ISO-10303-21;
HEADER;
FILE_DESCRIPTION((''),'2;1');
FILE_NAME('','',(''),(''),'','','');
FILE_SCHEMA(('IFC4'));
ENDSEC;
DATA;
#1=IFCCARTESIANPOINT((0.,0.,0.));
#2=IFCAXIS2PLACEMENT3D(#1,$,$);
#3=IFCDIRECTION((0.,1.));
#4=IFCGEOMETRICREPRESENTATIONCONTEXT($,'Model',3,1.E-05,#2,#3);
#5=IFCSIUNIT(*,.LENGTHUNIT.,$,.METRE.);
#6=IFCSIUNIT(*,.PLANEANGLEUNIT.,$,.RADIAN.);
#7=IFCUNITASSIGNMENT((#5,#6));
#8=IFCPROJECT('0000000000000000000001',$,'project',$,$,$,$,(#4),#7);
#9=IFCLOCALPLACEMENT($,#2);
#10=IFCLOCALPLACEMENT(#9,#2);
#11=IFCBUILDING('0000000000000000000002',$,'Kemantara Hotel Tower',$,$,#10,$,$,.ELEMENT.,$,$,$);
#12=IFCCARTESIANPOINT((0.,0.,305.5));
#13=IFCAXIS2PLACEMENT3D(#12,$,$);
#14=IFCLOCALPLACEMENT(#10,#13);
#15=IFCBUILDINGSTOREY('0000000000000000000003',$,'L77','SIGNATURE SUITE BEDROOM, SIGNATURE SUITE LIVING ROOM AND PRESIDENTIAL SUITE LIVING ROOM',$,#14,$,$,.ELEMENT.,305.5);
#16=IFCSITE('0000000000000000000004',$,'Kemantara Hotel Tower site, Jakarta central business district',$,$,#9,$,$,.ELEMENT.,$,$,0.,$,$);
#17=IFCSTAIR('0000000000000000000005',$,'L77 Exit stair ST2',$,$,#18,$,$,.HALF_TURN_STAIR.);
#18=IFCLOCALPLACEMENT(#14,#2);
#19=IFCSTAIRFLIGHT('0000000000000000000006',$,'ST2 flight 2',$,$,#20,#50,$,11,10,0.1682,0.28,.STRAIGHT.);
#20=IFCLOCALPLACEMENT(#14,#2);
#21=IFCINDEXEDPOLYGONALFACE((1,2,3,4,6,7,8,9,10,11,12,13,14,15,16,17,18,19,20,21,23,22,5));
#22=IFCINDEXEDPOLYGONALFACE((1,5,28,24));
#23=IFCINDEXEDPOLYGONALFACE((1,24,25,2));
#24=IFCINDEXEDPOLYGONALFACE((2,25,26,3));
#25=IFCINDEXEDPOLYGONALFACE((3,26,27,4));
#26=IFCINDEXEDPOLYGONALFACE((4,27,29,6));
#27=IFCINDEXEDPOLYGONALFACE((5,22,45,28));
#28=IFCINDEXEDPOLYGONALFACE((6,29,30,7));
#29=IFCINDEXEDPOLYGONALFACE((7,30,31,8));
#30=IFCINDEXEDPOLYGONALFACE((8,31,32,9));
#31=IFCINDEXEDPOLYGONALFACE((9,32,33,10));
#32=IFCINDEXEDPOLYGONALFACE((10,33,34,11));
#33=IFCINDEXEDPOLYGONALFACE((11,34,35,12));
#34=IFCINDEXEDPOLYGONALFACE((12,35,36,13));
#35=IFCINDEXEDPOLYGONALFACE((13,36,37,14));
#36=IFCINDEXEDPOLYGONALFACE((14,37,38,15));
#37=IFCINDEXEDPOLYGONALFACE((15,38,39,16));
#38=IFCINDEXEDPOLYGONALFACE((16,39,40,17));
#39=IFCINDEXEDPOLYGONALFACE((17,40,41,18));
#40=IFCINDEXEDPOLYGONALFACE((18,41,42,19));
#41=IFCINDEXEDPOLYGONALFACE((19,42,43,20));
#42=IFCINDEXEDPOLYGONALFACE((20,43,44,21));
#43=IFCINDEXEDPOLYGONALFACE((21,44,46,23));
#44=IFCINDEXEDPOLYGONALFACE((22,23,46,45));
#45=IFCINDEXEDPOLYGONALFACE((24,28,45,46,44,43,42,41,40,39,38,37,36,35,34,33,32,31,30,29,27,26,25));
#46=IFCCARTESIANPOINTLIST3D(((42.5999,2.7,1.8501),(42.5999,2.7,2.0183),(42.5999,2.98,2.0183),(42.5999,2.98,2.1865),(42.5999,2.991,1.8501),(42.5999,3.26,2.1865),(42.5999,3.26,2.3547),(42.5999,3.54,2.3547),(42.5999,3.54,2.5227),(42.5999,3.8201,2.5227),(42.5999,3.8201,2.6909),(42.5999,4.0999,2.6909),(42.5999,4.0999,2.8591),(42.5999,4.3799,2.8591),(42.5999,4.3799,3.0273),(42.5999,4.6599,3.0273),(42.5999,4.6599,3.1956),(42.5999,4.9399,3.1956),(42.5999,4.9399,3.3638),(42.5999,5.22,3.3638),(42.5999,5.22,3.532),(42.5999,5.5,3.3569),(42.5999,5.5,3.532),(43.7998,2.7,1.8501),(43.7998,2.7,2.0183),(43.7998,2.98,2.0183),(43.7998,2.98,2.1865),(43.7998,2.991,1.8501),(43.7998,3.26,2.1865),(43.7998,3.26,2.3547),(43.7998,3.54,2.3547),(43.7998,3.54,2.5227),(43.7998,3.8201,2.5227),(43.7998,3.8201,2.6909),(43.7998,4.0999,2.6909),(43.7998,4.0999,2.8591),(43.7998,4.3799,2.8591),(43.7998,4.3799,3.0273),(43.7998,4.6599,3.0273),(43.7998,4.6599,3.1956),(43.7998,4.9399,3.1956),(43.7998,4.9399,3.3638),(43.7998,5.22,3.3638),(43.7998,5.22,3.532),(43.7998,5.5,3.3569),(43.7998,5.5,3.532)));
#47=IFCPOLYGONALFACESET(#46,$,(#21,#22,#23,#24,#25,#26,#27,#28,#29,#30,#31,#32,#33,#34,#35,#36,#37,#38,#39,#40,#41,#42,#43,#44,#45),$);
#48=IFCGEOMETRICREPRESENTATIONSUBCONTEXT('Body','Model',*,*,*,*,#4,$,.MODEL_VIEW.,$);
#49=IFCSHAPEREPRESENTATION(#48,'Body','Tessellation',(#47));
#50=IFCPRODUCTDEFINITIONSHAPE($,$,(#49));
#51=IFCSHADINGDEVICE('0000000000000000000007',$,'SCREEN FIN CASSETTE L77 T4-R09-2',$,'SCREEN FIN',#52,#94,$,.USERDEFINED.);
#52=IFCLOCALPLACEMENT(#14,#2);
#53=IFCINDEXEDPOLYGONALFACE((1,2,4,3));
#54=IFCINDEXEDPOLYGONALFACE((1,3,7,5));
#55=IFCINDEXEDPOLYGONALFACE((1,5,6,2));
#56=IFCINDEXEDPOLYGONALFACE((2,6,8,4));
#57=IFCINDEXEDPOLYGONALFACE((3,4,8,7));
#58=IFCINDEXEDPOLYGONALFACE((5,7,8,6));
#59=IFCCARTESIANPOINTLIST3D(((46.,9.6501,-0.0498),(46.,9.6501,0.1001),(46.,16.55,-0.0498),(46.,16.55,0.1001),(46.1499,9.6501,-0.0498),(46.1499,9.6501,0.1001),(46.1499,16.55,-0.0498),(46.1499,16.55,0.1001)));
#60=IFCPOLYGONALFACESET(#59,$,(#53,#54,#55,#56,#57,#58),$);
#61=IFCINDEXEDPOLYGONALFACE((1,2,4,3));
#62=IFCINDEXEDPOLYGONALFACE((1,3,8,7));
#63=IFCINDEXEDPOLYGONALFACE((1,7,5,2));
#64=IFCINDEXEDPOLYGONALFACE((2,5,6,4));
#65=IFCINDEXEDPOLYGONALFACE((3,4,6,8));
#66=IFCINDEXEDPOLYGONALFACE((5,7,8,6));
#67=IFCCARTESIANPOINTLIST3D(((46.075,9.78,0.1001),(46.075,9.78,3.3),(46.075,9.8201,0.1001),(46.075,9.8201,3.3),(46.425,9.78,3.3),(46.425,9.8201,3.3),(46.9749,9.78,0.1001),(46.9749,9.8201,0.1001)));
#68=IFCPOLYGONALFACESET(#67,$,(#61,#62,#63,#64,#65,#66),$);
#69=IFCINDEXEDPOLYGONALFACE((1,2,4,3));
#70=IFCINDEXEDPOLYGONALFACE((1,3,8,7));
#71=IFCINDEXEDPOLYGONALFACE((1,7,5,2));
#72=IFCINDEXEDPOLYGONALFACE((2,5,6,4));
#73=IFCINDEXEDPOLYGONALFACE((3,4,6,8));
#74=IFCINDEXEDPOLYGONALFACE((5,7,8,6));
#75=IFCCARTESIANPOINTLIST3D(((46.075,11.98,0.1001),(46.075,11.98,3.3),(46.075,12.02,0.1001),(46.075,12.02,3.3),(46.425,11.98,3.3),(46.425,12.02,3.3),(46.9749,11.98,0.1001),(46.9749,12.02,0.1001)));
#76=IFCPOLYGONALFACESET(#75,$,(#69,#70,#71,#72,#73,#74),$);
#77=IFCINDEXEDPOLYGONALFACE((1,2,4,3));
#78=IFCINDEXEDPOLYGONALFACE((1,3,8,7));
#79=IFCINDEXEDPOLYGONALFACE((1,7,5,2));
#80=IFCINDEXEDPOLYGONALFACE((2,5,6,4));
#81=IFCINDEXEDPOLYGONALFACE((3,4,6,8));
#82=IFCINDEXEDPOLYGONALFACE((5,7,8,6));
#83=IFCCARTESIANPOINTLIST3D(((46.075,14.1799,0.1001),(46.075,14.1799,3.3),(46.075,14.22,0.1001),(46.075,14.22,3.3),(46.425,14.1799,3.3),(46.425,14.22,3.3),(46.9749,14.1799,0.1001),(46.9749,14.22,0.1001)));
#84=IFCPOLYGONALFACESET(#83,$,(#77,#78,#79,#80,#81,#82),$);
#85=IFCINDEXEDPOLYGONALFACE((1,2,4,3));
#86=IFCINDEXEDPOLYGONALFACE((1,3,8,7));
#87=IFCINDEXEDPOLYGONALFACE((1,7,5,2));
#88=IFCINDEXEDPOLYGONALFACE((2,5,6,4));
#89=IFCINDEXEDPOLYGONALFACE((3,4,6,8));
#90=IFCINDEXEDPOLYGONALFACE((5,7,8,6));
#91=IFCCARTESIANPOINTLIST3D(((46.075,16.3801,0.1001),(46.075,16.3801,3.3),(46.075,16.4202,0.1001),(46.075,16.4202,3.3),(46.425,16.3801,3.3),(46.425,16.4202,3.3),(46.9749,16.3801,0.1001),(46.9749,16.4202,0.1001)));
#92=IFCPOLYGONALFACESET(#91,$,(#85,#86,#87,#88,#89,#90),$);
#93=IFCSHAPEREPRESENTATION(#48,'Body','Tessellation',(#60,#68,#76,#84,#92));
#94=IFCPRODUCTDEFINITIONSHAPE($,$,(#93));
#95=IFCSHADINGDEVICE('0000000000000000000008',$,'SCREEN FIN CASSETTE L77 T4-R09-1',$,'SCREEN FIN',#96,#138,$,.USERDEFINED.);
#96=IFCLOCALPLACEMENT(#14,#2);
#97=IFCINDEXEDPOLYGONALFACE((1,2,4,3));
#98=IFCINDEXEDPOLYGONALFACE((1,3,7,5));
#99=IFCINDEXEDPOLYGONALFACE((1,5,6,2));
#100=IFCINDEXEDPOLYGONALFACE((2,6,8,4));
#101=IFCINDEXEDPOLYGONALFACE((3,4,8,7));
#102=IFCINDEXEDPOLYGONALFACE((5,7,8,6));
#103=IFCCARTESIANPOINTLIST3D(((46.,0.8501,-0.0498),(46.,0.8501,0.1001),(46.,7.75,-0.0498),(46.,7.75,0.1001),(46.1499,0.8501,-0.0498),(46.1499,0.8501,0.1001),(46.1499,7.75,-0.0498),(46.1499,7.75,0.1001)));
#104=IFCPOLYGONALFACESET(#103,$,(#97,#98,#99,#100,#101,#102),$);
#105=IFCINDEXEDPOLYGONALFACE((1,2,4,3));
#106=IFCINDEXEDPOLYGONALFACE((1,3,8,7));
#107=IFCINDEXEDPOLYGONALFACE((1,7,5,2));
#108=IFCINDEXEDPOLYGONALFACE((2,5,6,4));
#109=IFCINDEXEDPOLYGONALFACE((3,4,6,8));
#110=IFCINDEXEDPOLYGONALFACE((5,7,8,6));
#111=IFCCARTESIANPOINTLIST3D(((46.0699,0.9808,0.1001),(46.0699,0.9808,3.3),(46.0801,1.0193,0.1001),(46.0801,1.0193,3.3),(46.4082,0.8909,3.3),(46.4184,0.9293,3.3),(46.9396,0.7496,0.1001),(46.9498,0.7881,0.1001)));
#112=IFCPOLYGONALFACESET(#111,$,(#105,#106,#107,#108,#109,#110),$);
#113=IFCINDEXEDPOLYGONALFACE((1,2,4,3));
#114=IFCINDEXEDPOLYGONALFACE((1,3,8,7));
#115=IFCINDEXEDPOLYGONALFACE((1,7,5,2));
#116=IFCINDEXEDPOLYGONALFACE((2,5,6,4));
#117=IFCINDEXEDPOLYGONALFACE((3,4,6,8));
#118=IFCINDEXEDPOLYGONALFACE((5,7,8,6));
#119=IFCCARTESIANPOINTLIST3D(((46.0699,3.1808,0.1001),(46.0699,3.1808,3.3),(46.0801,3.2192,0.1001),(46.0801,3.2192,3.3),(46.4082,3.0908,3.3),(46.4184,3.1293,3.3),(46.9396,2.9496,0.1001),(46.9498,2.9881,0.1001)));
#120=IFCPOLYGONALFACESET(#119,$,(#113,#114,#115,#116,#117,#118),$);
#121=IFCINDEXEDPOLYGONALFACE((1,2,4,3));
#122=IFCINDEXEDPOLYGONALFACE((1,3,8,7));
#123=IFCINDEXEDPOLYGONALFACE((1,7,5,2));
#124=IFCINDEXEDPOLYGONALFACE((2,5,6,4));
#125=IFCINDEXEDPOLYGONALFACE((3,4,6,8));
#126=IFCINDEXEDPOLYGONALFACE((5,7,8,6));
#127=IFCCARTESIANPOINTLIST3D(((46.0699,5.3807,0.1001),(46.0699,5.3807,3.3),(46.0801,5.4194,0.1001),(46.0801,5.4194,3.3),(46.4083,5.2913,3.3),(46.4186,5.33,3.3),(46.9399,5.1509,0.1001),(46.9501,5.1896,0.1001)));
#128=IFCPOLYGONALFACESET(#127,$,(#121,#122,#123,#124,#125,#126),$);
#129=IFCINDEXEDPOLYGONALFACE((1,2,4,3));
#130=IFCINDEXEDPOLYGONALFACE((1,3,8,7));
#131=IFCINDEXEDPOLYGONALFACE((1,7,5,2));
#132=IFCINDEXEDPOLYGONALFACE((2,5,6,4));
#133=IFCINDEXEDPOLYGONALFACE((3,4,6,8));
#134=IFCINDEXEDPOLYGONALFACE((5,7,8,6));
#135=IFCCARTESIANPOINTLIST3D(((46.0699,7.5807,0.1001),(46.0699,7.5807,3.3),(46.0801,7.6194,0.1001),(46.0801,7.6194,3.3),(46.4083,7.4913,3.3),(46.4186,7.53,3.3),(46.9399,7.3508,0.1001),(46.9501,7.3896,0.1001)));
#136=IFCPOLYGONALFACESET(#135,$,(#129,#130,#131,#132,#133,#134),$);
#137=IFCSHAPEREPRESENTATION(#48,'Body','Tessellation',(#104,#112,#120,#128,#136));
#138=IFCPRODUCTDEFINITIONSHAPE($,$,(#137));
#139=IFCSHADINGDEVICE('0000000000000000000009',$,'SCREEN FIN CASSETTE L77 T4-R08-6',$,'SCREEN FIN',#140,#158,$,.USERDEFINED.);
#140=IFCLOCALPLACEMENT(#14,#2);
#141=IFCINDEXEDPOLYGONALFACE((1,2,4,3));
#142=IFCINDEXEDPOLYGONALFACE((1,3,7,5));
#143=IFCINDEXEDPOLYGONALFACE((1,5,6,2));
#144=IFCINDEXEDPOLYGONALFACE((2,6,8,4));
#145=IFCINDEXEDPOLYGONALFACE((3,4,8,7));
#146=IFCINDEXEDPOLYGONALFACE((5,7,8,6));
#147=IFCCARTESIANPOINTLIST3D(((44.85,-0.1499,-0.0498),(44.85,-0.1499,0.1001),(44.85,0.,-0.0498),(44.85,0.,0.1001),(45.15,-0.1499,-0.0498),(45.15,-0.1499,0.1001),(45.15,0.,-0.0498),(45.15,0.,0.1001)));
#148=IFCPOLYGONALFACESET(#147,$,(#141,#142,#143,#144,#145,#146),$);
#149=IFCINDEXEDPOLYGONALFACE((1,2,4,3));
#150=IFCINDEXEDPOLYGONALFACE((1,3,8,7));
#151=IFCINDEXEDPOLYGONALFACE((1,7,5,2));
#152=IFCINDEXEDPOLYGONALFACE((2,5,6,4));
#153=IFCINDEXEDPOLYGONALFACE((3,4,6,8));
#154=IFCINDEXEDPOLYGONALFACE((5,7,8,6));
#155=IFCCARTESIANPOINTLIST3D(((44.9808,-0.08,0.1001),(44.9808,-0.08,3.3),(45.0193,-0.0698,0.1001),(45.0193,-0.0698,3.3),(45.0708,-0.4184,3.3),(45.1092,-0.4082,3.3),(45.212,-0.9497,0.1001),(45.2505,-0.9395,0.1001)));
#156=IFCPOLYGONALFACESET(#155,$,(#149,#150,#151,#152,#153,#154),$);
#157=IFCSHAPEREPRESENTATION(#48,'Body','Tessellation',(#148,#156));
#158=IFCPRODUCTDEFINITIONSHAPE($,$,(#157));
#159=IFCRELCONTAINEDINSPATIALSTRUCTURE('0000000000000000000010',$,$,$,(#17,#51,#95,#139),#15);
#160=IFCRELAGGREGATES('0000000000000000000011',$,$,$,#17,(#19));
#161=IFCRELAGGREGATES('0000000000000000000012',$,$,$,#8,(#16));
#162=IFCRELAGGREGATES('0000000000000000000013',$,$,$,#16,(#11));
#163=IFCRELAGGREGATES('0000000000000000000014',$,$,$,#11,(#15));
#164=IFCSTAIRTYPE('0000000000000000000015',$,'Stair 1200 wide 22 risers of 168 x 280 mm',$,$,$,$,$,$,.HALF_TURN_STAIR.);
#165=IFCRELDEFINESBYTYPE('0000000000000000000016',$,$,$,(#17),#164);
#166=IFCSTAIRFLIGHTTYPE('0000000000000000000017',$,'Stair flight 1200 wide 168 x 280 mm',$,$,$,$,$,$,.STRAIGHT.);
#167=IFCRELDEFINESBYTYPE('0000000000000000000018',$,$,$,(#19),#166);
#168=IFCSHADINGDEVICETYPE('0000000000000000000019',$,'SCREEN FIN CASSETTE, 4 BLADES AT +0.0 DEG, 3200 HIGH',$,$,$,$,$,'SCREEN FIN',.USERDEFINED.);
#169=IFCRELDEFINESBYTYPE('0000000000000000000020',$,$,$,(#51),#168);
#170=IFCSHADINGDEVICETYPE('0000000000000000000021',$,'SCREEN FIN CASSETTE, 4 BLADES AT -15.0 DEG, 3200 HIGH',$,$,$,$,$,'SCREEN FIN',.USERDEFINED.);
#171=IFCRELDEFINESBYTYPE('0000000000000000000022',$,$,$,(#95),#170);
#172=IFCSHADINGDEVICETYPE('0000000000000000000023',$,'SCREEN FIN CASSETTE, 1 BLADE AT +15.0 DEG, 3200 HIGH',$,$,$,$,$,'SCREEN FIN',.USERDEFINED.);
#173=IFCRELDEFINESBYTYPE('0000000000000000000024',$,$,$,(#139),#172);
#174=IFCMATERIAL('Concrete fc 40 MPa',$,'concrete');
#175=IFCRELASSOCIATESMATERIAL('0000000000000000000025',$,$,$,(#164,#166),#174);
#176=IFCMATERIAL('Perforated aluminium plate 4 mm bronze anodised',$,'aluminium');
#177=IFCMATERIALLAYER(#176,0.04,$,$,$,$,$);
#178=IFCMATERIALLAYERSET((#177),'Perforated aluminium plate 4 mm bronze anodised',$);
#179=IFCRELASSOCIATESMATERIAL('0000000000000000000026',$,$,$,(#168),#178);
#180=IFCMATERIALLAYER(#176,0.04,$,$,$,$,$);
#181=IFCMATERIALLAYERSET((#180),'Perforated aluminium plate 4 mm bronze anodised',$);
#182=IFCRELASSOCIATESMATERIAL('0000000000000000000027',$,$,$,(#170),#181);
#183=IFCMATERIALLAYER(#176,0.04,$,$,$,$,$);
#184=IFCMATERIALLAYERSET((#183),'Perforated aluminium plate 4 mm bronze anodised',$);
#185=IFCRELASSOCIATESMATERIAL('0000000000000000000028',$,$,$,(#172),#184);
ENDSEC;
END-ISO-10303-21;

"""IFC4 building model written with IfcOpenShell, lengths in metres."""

from ifc_helpers import new_model, si_unit, direction, frame, origin, origin_2d, place, context, subcontext, project, spatial, polyline, rectangle, outline, extrude, source, transform, mapped, material, layer, layer_set, type_object, element, aggregate, save


model = new_model("IFC4")

# Units and contexts
model_context = context("Model", 3, precision=1e-05, world=origin(), true_north=direction((0.0, 1.0)))
body_context = subcontext(model_context, "Body", "Model", "MODEL_VIEW")
ifc_project = project(units=[si_unit("LENGTHUNIT", "METRE"), si_unit("PLANEANGLEUNIT", "RADIAN")], contexts=[model_context])

# Site, building, storey
site_placement = place(None, origin())
site = spatial("IfcSite", under=ifc_project, at=site_placement, Name="Kemantara Hotel Tower site, Jakarta central business district", CompositionType="ELEMENT", RefElevation=0.0)
building_placement = place(site_placement, origin())
building = spatial("IfcBuilding", under=site, at=building_placement, Name="Kemantara Hotel Tower", CompositionType="ELEMENT")
storey_placement = place(building_placement, frame((0.0, 0.0, 305.5)))
storey = spatial("IfcBuildingStorey", under=building, at=storey_placement, Name="L77", Description="SIGNATURE SUITE BEDROOM, SIGNATURE SUITE LIVING ROOM AND PRESIDENTIAL SUITE LIVING ROOM", CompositionType="ELEMENT", Elevation=305.5)

# Stair, stair flight
ifc_material_1 = material(Name="Concrete fc 40 MPa", Category="concrete")
stair_type = type_object("IfcStairType", Name="Stair 1200 wide 22 risers of 168 x 280 mm", PredefinedType="HALF_TURN_STAIR", material=ifc_material_1)
stair_placement = place(storey_placement, origin())
stair = element("IfcStair", 1, at=stair_placement, inside=storey, type_object=stair_type, Name="L77 Exit stair ST2", PredefinedType="HALF_TURN_STAIR")
stair_flight_type = type_object("IfcStairFlightType", Name="Stair flight 1200 wide 168 x 280 mm", PredefinedType="STRAIGHT", material=ifc_material_1)
stair_flight_placement = place(storey_placement, frame((43.2, 2.7, 1.8501), z_axis=(0.0, 0.0, 1.0), x_axis=(0.0, 1.0, 0.0)))
stair_flight = element("IfcStairFlight", 2, at=stair_flight_placement, type_object=stair_flight_type, Name="ST2 flight 2", NumberOfRisers=11, NumberOfTreads=10, PredefinedType="STRAIGHT", RiserHeight=0.1682, TreadLength=0.28, context=body_context, shape_type="SweptSolid", body=[
    extrude(outline(polyline([(0.0, 0.0), (0.0, 0.1682), (0.28, 0.1682), (0.28, 0.3364), (0.5601, 0.3364), (0.5601, 0.5046), (0.8401, 0.5046), (0.8401, 0.6726), (1.1201, 0.6726), (1.1201, 0.8408), (1.3999, 0.8408), (1.3999, 1.009), (1.6799, 1.009), (1.6799, 1.1772), (1.96, 1.1772), (1.96, 1.3455), (2.24, 1.3455), (2.24, 1.5137), (2.52, 1.5137), (2.52, 1.6819), (2.8, 1.6819), (2.8, 1.8501), (2.8, 1.5068), (0.291, 0.0), (0.0, 0.0)])), frame((0.0, 0.6001, 0.0), z_axis=(0.0, -1.0, 0.0), x_axis=(1.0, 0.0, 0.0)), (0.0, 0.0, 1.0), 1.2),
])
aggregate(stair, [stair_flight])

# Shading devices
ifc_material_2 = material(Name="Perforated aluminium plate 4 mm bronze anodised", Category="aluminium")
ifc_layer_1 = layer(ifc_material_2, 0.04)
ifc_layer_set_1 = layer_set([ifc_layer_1], Name="Perforated aluminium plate 4 mm bronze anodised")
shading_device_type_1 = type_object("IfcShadingDeviceType", Name="SCREEN FIN CASSETTE, 4 BLADES AT +0.0 DEG, 3200 HIGH", ElementType="SCREEN FIN", PredefinedType="USERDEFINED", material=ifc_layer_set_1)
shared_shape_1 = source(origin(), body_context, "Body", "SweptSolid", [
    extrude(rectangle(XDim=6.8999, YDim=0.1499, at=origin_2d()), frame((3.3, -0.075, -0.1499), z_axis=(0.0, 0.0, 1.0), x_axis=(1.0, 0.0, 0.0)), (0.0, 0.0, 1.0), 0.1499),
    extrude(outline(polyline([(0.0, 0.0), (0.8999, 0.0), (0.3501, 3.2), (0.0, 3.2), (0.0, 0.0)])), frame((0.02, -0.075, 0.0), z_axis=(-1.0, 0.0, 0.0), x_axis=(0.0, -1.0, 0.0)), (0.0, 0.0, 1.0), 0.04),
    extrude(outline(polyline([(0.0, 0.0), (0.8999, 0.0), (0.3501, 3.2), (0.0, 3.2), (0.0, 0.0)])), frame((2.22, -0.075, 0.0), z_axis=(-1.0, 0.0, 0.0), x_axis=(0.0, -1.0, 0.0)), (0.0, 0.0, 1.0), 0.04),
    extrude(outline(polyline([(0.0, 0.0), (0.8999, 0.0), (0.3501, 3.2), (0.0, 3.2), (0.0, 0.0)])), frame((4.4199, -0.075, 0.0), z_axis=(-1.0, 0.0, 0.0), x_axis=(0.0, -1.0, 0.0)), (0.0, 0.0, 1.0), 0.04),
    extrude(outline(polyline([(0.0, 0.0), (0.8999, 0.0), (0.3501, 3.2), (0.0, 3.2), (0.0, 0.0)])), frame((6.6201, -0.075, 0.0), z_axis=(-1.0, 0.0, 0.0), x_axis=(0.0, -1.0, 0.0)), (0.0, 0.0, 1.0), 0.04),
])
shading_device_1_placement = place(storey_placement, frame((46.0, 9.8, 0.1001), z_axis=(0.0, 0.0, 1.0), x_axis=(0.0, 1.0, 0.0)))
element("IfcShadingDevice", 3, at=shading_device_1_placement, inside=storey, type_object=shading_device_type_1, Name="SCREEN FIN CASSETTE L77 T4-R09-2", ObjectType="SCREEN FIN", PredefinedType="USERDEFINED", context=body_context, shape_type="MappedRepresentation", body=[
    mapped(shared_shape_1, transform((0.0, 0.0, 0.0))),
])
ifc_layer_2 = layer(ifc_material_2, 0.04)
ifc_layer_set_2 = layer_set([ifc_layer_2], Name="Perforated aluminium plate 4 mm bronze anodised")
shading_device_type_2 = type_object("IfcShadingDeviceType", Name="SCREEN FIN CASSETTE, 4 BLADES AT -15.0 DEG, 3200 HIGH", ElementType="SCREEN FIN", PredefinedType="USERDEFINED", material=ifc_layer_set_2)
shared_shape_2 = source(origin(), body_context, "Body", "SweptSolid", [
    extrude(rectangle(XDim=6.8999, YDim=0.1499, at=origin_2d()), frame((3.3, -0.075, -0.1499), z_axis=(0.0, 0.0, 1.0), x_axis=(1.0, 0.0, 0.0)), (0.0, 0.0, 1.0), 0.1499),
    extrude(outline(polyline([(0.0, 0.0), (0.8999, 0.0), (0.3501, 3.2), (0.0, 3.2), (0.0, 0.0)])), frame((0.0193, -0.0801, 0.0), z_axis=(-0.966438, 0.256901, 0.0), x_axis=(-0.256901, -0.966438, 0.0)), (0.0, 0.0, 1.0), 0.0398),
    extrude(outline(polyline([(0.0, 0.0), (0.8999, 0.0), (0.3501, 3.2), (0.0, 3.2), (0.0, 0.0)])), frame((2.2192, -0.0801, 0.0), z_axis=(-0.966438, 0.256901, 0.0), x_axis=(-0.256901, -0.966438, 0.0)), (0.0, 0.0, 1.0), 0.0398),
    extrude(outline(polyline([(0.0, 0.0), (0.8999, 0.0), (0.3501, 3.2), (0.0, 3.2), (0.0, 0.0)])), frame((4.4194, -0.0801, 0.0), z_axis=(-0.966838, 0.255391, 0.0), x_axis=(-0.255391, -0.966838, 0.0)), (0.0, 0.0, 1.0), 0.04),
    extrude(outline(polyline([(0.0, 0.0), (0.8999, 0.0), (0.3501, 3.2), (0.0, 3.2), (0.0, 0.0)])), frame((6.6194, -0.0801, 0.0), z_axis=(-0.966838, 0.255391, 0.0), x_axis=(-0.255391, -0.966838, 0.0)), (0.0, 0.0, 1.0), 0.04),
])
shading_device_2_placement = place(storey_placement, frame((46.0, 1.0, 0.1001), z_axis=(0.0, 0.0, 1.0), x_axis=(0.0, 1.0, 0.0)))
element("IfcShadingDevice", 4, at=shading_device_2_placement, inside=storey, type_object=shading_device_type_2, Name="SCREEN FIN CASSETTE L77 T4-R09-1", ObjectType="SCREEN FIN", PredefinedType="USERDEFINED", context=body_context, shape_type="MappedRepresentation", body=[
    mapped(shared_shape_2, transform((0.0, 0.0, 0.0))),
])
ifc_layer_3 = layer(ifc_material_2, 0.04)
ifc_layer_set_3 = layer_set([ifc_layer_3], Name="Perforated aluminium plate 4 mm bronze anodised")
shading_device_type_3 = type_object("IfcShadingDeviceType", Name="SCREEN FIN CASSETTE, 1 BLADE AT +15.0 DEG, 3200 HIGH", ElementType="SCREEN FIN", PredefinedType="USERDEFINED", material=ifc_layer_set_3)
shared_shape_3 = source(origin(), body_context, "Body", "SweptSolid", [
    extrude(rectangle(XDim=0.3, YDim=0.1499, at=origin_2d()), frame((0.0, -0.075, -0.1499), z_axis=(0.0, 0.0, 1.0), x_axis=(1.0, 0.0, 0.0)), (0.0, 0.0, 1.0), 0.1499),
    extrude(outline(polyline([(0.0, 0.0), (0.8999, 0.0), (0.3501, 3.2), (0.0, 3.2), (0.0, 0.0)])), frame((0.0193, -0.0698, 0.0), z_axis=(-0.966438, -0.256901, 0.0), x_axis=(0.256901, -0.966438, 0.0)), (0.0, 0.0, 1.0), 0.0398),
])
shading_device_3_placement = place(storey_placement, frame((45.0, 0.0, 0.1001), z_axis=(0.0, 0.0, 1.0), x_axis=(1.0, 0.0, 0.0)))
element("IfcShadingDevice", 5, at=shading_device_3_placement, inside=storey, type_object=shading_device_type_3, Name="SCREEN FIN CASSETTE L77 T4-R08-6", ObjectType="SCREEN FIN", PredefinedType="USERDEFINED", context=body_context, shape_type="MappedRepresentation", body=[
    mapped(shared_shape_3, transform((0.0, 0.0, 0.0))),
])

save(model, "model.ifc")
